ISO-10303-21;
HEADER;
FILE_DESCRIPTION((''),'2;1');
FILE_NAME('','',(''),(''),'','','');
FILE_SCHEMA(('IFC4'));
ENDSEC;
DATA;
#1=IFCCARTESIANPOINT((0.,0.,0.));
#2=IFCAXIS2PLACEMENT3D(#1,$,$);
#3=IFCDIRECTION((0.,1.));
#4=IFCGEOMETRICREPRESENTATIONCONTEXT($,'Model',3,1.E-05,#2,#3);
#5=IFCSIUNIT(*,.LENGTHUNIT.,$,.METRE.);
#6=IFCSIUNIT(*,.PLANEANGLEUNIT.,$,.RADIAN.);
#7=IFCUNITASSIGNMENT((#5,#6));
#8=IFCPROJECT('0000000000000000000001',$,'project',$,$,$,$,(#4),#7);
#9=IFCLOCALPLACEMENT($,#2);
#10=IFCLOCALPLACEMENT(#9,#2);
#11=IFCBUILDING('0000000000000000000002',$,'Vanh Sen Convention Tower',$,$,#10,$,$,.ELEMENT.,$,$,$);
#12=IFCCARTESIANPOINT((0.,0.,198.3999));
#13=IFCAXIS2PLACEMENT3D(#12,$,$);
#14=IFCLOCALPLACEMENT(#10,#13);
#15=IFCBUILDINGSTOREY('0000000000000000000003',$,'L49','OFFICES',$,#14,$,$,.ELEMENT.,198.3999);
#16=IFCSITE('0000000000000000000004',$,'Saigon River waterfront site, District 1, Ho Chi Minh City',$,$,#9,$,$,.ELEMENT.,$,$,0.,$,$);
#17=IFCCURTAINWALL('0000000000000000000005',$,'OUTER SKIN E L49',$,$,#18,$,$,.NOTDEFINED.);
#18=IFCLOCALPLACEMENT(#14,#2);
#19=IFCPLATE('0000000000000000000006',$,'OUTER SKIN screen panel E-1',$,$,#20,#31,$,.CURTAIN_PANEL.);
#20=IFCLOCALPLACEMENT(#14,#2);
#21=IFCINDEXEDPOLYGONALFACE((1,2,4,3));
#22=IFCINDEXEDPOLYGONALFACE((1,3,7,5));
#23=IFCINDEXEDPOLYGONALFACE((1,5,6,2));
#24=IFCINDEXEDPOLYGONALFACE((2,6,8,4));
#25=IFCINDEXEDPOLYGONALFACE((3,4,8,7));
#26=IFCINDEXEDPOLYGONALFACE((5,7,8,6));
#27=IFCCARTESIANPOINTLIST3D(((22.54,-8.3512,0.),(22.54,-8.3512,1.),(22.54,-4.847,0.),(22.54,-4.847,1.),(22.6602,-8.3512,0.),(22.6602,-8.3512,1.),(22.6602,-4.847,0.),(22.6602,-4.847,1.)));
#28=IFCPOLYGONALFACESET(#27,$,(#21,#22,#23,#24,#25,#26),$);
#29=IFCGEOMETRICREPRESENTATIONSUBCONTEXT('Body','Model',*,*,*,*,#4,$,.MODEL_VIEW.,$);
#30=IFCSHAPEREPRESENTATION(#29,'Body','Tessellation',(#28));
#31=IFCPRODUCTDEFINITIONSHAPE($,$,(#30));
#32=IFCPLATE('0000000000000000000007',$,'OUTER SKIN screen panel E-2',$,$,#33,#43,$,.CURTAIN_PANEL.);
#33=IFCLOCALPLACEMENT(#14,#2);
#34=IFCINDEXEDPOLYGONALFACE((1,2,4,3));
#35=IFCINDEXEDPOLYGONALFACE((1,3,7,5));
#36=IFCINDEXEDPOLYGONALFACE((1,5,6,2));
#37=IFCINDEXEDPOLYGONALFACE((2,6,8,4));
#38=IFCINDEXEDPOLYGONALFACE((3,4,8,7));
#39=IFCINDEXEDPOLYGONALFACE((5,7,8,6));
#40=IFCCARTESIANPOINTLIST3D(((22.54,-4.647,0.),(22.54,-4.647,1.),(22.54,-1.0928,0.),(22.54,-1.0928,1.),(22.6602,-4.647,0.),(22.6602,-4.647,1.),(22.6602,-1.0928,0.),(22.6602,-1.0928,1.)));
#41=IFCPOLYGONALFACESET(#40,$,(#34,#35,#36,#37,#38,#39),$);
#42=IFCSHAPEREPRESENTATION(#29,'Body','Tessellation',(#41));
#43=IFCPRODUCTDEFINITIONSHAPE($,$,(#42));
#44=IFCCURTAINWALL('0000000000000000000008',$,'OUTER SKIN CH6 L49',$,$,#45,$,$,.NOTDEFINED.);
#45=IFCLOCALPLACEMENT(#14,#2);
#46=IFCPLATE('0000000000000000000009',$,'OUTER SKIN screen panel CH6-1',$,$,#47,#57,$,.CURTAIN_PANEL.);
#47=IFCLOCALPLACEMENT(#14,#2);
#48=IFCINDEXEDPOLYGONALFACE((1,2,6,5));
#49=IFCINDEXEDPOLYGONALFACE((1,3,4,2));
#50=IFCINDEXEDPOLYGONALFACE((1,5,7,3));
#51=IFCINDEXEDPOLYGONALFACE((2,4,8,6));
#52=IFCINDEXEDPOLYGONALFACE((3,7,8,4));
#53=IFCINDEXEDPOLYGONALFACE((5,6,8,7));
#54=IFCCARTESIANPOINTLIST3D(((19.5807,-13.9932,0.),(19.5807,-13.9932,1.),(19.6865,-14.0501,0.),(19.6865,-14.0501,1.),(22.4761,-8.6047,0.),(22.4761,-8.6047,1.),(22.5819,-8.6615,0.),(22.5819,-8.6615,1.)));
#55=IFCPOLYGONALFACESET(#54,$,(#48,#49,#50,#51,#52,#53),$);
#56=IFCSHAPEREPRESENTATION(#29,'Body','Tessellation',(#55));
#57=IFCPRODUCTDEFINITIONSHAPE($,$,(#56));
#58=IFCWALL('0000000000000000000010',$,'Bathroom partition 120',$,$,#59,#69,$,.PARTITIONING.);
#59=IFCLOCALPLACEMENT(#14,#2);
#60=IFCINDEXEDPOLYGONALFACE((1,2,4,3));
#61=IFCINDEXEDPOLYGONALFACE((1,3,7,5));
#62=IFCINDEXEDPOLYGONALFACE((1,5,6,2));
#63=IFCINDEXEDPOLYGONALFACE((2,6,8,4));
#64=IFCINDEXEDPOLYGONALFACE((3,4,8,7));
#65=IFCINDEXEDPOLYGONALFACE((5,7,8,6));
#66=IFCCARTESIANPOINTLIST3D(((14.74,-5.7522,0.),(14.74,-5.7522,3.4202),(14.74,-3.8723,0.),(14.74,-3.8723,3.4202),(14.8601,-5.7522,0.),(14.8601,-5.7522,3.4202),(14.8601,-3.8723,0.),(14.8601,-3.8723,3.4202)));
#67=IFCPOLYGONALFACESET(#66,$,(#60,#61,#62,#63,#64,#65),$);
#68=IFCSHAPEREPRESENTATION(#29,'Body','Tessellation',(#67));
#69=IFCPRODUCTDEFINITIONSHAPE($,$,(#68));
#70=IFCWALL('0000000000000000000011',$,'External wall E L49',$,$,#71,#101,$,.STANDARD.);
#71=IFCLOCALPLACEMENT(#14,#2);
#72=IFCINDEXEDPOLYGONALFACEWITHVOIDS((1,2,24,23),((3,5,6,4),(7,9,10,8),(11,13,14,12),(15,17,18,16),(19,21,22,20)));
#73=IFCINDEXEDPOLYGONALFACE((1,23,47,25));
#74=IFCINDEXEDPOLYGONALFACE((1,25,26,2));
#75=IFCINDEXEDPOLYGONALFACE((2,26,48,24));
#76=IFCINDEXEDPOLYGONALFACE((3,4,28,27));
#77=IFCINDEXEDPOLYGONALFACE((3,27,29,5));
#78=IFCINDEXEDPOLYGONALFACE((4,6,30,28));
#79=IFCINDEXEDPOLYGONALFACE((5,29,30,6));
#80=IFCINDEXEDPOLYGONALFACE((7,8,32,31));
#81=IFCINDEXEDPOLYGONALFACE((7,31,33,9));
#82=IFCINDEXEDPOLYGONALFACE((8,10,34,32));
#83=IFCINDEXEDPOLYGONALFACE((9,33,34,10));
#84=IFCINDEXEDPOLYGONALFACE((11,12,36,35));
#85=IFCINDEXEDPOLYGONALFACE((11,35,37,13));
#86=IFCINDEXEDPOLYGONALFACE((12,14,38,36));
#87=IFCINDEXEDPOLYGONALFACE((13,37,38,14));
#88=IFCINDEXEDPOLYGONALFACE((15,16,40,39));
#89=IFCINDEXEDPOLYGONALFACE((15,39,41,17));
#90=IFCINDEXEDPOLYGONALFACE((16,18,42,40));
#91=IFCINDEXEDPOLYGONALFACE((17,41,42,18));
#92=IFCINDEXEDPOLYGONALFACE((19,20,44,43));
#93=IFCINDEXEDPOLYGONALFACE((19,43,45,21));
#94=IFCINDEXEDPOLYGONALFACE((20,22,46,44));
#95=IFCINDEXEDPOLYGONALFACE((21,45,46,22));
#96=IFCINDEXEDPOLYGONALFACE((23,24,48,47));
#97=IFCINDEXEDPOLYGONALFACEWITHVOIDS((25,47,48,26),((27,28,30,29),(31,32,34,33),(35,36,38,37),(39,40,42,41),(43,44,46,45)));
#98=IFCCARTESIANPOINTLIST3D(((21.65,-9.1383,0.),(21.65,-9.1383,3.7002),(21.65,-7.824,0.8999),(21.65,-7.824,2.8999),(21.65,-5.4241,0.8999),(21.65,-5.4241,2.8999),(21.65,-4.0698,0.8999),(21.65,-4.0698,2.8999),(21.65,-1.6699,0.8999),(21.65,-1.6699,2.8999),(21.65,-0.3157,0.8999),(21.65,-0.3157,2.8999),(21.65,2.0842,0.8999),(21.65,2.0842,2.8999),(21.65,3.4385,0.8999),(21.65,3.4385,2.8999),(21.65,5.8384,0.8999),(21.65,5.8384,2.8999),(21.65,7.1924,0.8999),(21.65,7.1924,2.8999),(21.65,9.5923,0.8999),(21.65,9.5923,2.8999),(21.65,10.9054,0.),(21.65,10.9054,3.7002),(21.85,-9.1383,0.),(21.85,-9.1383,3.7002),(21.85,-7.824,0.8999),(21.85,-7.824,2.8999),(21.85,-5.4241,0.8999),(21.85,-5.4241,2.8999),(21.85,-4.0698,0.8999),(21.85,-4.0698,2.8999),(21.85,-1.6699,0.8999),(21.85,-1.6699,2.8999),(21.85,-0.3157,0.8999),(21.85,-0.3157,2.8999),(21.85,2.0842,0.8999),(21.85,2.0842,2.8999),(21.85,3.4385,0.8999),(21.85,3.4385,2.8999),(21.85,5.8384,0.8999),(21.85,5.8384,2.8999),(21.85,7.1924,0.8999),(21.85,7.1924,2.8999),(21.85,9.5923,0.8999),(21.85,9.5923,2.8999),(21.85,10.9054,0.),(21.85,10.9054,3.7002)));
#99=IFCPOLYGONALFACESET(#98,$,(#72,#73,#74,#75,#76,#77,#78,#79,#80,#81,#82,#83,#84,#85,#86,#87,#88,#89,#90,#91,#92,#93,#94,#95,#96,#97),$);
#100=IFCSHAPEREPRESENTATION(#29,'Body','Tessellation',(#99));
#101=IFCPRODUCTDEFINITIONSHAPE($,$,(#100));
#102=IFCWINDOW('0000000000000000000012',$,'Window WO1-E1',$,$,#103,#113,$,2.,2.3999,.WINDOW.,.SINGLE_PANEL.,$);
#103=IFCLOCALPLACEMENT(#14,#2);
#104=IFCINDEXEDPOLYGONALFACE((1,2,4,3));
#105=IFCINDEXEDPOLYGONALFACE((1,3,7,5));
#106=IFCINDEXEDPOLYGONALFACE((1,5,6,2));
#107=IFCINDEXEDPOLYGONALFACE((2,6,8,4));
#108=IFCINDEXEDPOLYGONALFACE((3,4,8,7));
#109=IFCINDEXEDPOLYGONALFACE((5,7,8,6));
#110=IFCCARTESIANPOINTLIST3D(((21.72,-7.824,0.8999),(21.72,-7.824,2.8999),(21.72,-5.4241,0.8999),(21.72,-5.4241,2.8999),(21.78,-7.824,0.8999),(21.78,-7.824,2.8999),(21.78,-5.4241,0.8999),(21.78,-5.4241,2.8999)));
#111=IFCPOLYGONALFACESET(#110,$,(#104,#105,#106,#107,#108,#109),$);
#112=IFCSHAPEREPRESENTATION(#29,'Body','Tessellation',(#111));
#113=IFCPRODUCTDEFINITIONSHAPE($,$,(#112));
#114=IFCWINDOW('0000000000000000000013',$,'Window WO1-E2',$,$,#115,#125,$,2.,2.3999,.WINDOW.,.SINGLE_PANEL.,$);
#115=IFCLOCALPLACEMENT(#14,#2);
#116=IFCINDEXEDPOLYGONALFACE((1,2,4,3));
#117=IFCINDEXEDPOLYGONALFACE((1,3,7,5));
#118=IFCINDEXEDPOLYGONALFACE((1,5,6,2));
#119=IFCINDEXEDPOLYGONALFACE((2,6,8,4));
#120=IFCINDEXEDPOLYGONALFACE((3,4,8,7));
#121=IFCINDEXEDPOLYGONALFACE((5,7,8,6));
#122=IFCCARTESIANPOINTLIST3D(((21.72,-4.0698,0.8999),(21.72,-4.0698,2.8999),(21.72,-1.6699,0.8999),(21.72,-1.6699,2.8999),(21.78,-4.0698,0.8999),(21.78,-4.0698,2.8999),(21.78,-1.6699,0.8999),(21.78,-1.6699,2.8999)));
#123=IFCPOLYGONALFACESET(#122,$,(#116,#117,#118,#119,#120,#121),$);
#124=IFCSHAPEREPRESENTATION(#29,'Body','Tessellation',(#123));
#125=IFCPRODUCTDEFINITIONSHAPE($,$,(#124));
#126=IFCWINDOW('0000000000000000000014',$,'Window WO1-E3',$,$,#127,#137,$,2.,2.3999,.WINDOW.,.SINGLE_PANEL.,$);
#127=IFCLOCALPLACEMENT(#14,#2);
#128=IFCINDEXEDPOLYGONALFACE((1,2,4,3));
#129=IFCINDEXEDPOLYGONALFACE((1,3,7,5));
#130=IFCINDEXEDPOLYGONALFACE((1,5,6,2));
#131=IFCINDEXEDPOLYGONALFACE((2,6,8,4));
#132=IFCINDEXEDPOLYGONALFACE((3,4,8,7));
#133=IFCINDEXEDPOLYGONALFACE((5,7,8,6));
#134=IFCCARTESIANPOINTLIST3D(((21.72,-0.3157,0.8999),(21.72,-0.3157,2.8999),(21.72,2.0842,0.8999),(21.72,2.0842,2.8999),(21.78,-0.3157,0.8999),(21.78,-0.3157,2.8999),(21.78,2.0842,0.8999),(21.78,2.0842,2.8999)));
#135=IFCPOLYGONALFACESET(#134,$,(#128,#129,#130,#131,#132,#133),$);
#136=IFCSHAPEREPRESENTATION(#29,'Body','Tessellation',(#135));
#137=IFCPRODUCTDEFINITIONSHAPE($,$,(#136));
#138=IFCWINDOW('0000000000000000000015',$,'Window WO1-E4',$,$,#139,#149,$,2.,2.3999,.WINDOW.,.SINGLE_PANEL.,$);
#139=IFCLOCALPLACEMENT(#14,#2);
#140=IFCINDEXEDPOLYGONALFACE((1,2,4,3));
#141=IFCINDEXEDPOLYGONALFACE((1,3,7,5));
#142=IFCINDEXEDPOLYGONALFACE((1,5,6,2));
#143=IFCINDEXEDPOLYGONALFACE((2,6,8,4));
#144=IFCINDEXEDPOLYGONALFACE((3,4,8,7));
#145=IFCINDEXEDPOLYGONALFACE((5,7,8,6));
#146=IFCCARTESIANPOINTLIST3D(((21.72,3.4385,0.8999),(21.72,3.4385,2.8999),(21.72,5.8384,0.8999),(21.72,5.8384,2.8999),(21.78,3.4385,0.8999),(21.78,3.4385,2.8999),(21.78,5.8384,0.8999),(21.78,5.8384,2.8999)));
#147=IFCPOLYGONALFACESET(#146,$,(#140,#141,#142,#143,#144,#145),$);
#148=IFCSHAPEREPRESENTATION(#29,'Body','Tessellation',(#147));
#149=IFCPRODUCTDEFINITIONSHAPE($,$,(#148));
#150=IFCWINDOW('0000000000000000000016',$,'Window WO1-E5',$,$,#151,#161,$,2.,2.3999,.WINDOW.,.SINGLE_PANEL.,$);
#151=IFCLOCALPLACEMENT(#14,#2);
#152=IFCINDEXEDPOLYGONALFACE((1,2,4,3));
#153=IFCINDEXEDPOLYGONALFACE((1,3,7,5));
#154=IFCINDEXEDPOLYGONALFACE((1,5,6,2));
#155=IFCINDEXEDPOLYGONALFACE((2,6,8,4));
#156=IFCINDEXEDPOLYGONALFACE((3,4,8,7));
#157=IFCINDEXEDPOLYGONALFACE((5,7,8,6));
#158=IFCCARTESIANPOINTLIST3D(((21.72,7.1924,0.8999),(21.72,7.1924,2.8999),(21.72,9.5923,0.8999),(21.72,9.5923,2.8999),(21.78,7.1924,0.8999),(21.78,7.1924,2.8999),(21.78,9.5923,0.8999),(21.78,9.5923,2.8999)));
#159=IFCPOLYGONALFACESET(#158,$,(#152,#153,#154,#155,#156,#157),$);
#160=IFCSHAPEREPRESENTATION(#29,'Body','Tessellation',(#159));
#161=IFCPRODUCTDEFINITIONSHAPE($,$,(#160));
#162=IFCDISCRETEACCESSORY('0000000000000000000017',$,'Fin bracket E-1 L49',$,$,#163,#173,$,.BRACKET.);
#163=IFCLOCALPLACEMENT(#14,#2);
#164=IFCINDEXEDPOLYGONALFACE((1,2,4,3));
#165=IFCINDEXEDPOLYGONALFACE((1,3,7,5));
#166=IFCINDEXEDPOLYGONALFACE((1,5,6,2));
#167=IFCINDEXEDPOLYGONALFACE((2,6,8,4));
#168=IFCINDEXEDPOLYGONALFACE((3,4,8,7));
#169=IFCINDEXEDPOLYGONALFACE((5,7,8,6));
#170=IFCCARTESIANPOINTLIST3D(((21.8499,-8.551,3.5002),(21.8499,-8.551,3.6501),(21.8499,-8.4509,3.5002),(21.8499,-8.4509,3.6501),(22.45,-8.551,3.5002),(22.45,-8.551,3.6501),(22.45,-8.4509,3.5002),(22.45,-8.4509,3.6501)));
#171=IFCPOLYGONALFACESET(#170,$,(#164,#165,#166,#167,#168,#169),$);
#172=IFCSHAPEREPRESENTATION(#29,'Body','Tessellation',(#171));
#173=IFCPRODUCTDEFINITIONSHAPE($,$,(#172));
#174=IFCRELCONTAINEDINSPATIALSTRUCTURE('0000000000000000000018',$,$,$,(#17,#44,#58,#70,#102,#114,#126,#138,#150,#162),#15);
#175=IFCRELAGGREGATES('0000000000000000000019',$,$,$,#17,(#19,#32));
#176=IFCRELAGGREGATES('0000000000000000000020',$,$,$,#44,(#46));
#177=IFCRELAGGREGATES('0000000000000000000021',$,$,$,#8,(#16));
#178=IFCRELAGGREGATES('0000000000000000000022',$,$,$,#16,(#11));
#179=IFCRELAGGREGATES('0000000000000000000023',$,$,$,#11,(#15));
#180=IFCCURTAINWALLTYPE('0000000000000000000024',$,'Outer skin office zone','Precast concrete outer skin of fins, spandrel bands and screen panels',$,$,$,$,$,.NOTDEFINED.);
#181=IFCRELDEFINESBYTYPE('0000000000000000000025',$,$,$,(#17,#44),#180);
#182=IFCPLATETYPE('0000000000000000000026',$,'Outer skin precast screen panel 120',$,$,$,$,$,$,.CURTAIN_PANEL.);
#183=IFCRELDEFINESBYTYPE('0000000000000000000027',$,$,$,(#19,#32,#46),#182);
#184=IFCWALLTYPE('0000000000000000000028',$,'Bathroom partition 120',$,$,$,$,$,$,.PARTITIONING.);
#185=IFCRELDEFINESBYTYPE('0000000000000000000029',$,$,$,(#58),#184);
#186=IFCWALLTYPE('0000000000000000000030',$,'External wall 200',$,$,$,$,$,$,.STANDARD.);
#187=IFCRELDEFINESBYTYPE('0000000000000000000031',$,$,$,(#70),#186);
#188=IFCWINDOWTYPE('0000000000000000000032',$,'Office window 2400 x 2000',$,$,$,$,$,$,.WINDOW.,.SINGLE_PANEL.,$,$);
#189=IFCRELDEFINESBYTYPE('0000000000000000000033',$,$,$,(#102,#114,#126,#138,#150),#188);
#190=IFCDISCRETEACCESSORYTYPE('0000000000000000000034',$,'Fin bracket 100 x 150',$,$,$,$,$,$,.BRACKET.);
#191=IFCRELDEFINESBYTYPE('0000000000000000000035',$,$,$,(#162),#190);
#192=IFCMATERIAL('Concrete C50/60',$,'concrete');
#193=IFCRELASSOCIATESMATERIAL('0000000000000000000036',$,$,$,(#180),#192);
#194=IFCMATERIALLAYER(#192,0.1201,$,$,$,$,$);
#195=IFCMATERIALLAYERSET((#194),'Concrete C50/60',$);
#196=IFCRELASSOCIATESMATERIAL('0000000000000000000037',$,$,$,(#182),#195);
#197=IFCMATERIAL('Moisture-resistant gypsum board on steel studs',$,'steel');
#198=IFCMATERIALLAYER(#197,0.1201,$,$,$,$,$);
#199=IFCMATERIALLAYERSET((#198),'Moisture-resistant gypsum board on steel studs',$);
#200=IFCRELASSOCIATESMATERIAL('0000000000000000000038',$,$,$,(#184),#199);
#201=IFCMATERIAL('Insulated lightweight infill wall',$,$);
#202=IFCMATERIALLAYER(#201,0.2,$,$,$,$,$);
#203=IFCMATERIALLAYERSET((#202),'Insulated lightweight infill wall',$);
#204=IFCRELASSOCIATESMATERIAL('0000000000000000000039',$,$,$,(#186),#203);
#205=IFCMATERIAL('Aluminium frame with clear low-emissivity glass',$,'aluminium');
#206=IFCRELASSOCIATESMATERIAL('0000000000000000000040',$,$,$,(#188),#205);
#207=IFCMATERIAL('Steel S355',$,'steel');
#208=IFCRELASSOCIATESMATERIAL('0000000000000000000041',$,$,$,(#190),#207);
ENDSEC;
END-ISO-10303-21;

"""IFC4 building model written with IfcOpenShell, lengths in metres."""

from ifc_helpers import new_model, si_unit, direction, frame, frame_2d, origin, origin_2d, place, context, subcontext, project, spatial, rectangle, extrude, material, layer, layer_set, type_object, element, fill, aggregate, save


model = new_model("IFC4")

# Units and contexts
model_context = context("Model", 3, precision=1e-05, world=origin(), true_north=direction((0.0, 1.0)))
body_context = subcontext(model_context, "Body", "Model", "MODEL_VIEW")
ifc_project = project(units=[si_unit("LENGTHUNIT", "METRE"), si_unit("PLANEANGLEUNIT", "RADIAN")], contexts=[model_context])

# Site, building, storey
site_placement = place(None, origin())
site = spatial("IfcSite", under=ifc_project, at=site_placement, Name="Saigon River waterfront site, District 1, Ho Chi Minh City", CompositionType="ELEMENT", RefElevation=0.0)
building_placement = place(site_placement, origin())
building = spatial("IfcBuilding", under=site, at=building_placement, Name="Vanh Sen Convention Tower", CompositionType="ELEMENT")
storey_placement = place(building_placement, frame((0.0, 0.0, 198.3999)))
storey = spatial("IfcBuildingStorey", under=building, at=storey_placement, Name="L49", Description="OFFICES", CompositionType="ELEMENT", Elevation=198.3999)

# Curtain wall
ifc_material_1 = material(Name="Concrete C50/60", Category="concrete")
curtain_wall_type = type_object("IfcCurtainWallType", Name="Outer skin office zone", Description="Precast concrete outer skin of fins, spandrel bands and screen panels", PredefinedType="NOTDEFINED", material=ifc_material_1)
curtain_wall_1_placement = place(storey_placement, origin())
curtain_wall_1 = element("IfcCurtainWall", 1, at=curtain_wall_1_placement, inside=storey, type_object=curtain_wall_type, Name="OUTER SKIN E L49", PredefinedType="NOTDEFINED")

# Plates
ifc_layer_1 = layer(ifc_material_1, 0.1201)
ifc_layer_set_1 = layer_set([ifc_layer_1], Name="Concrete C50/60")
plate_type = type_object("IfcPlateType", Name="Outer skin precast screen panel 120", PredefinedType="CURTAIN_PANEL", material=ifc_layer_set_1)
plate_1_placement = place(storey_placement, frame((22.6001, -6.5991, 0.0), z_axis=(0.0, 0.0, 1.0), x_axis=(0.0, 1.0, 0.0)))
plate_1 = element("IfcPlate", 2, at=plate_1_placement, type_object=plate_type, Name="OUTER SKIN screen panel E-1", PredefinedType="CURTAIN_PANEL", context=body_context, shape_type="SweptSolid", body=[
    extrude(rectangle(XDim=3.5042, YDim=0.1201, at=origin_2d()), origin(), (0.0, 0.0, 1.0), 1.0),
])
plate_2_placement = place(storey_placement, frame((22.6001, -2.8699, 0.0), z_axis=(0.0, 0.0, 1.0), x_axis=(0.0, 1.0, 0.0)))
plate_2 = element("IfcPlate", 3, at=plate_2_placement, type_object=plate_type, Name="OUTER SKIN screen panel E-2", PredefinedType="CURTAIN_PANEL", context=body_context, shape_type="SweptSolid", body=[
    extrude(rectangle(XDim=3.5542, YDim=0.1201, at=origin_2d()), origin(), (0.0, 0.0, 1.0), 1.0),
])
aggregate(curtain_wall_1, [plate_1, plate_2])

# Curtain wall, plate
curtain_wall_2_placement = place(storey_placement, origin())
curtain_wall_2 = element("IfcCurtainWall", 4, at=curtain_wall_2_placement, inside=storey, type_object=curtain_wall_type, Name="OUTER SKIN CH6 L49", PredefinedType="NOTDEFINED")
plate_3_placement = place(storey_placement, frame((21.0813, -11.3274, 0.0), z_axis=(0.0, 0.0, 1.0), x_axis=(0.473321, 0.88089, 0.0)))
plate_3 = element("IfcPlate", 5, at=plate_3_placement, type_object=plate_type, Name="OUTER SKIN screen panel CH6-1", PredefinedType="CURTAIN_PANEL", context=body_context, shape_type="SweptSolid", body=[
    extrude(rectangle(XDim=6.1172, YDim=0.1201, at=origin_2d()), origin(), (0.0, 0.0, 1.0), 1.0),
])
aggregate(curtain_wall_2, [plate_3])

# Wall
ifc_material_2 = material(Name="Moisture-resistant gypsum board on steel studs", Category="steel")
ifc_layer_2 = layer(ifc_material_2, 0.1201)
ifc_layer_set_2 = layer_set([ifc_layer_2], Name="Moisture-resistant gypsum board on steel studs")
wall_type_1 = type_object("IfcWallType", Name="Bathroom partition 120", PredefinedType="PARTITIONING", material=ifc_layer_set_2)
wall_1_placement = place(storey_placement, frame((14.8, -3.8723, 0.0), z_axis=(0.0, 0.0, 1.0), x_axis=(0.0, -1.0, 0.0)))
element("IfcWall", 6, at=wall_1_placement, inside=storey, type_object=wall_type_1, Name="Bathroom partition 120", PredefinedType="PARTITIONING", context=body_context, shape_type="SweptSolid", body=[
    extrude(rectangle(XDim=1.8799, YDim=0.1201, at=frame_2d((0.9399, 0.0))), origin(), (0.0, 0.0, 1.0), 3.4202),
])

# Wall, openings, windows
ifc_material_3 = material(Name="Insulated lightweight infill wall")
ifc_layer_3 = layer(ifc_material_3, 0.2)
ifc_layer_set_3 = layer_set([ifc_layer_3], Name="Insulated lightweight infill wall")
wall_type_2 = type_object("IfcWallType", Name="External wall 200", PredefinedType="STANDARD", material=ifc_layer_set_3)
wall_2_placement = place(storey_placement, frame((21.75, -9.1384, 0.0), z_axis=(0.0, 0.0, 1.0), x_axis=(0.0, 1.0, 0.0)))
wall_2 = element("IfcWall", 7, at=wall_2_placement, inside=storey, type_object=wall_type_2, Name="External wall E L49", PredefinedType="STANDARD", context=body_context, shape_type="SweptSolid", body=[
    extrude(rectangle(XDim=20.0437, YDim=0.2, at=frame_2d((10.022, 0.0))), origin(), (0.0, 0.0, 1.0), 3.7002),
])
opening_1_placement = place(wall_2_placement, frame((1.3145, 0.0, 0.8999)))
opening_1 = element("IfcOpeningElement", 8, at=opening_1_placement, cuts=wall_2, PredefinedType="OPENING", context=body_context, shape_type="SweptSolid", body=[
    extrude(rectangle(XDim=2.3999, YDim=2.0, at=frame_2d((1.2, 1.0))), frame((0.0, 0.1099, 0.0), z_axis=(0.0, -1.0, 0.0), x_axis=(1.0, 0.0, 0.0)), (0.0, 0.0, 1.0), 0.22),
])
opening_2_placement = place(wall_2_placement, frame((5.0686, 0.0, 0.8999)))
opening_2 = element("IfcOpeningElement", 9, at=opening_2_placement, cuts=wall_2, PredefinedType="OPENING", context=body_context, shape_type="SweptSolid", body=[
    extrude(rectangle(XDim=2.3999, YDim=2.0, at=frame_2d((1.2, 1.0))), frame((0.0, 0.1099, 0.0), z_axis=(0.0, -1.0, 0.0), x_axis=(1.0, 0.0, 0.0)), (0.0, 0.0, 1.0), 0.22),
])
opening_3_placement = place(wall_2_placement, frame((8.8228, 0.0, 0.8999)))
opening_3 = element("IfcOpeningElement", 10, at=opening_3_placement, cuts=wall_2, PredefinedType="OPENING", context=body_context, shape_type="SweptSolid", body=[
    extrude(rectangle(XDim=2.3999, YDim=2.0, at=frame_2d((1.2, 1.0))), frame((0.0, 0.1099, 0.0), z_axis=(0.0, -1.0, 0.0), x_axis=(1.0, 0.0, 0.0)), (0.0, 0.0, 1.0), 0.22),
])
opening_4_placement = place(wall_2_placement, frame((12.5769, 0.0, 0.8999)))
opening_4 = element("IfcOpeningElement", 11, at=opening_4_placement, cuts=wall_2, PredefinedType="OPENING", context=body_context, shape_type="SweptSolid", body=[
    extrude(rectangle(XDim=2.3999, YDim=2.0, at=frame_2d((1.2, 1.0))), frame((0.0, 0.1099, 0.0), z_axis=(0.0, -1.0, 0.0), x_axis=(1.0, 0.0, 0.0)), (0.0, 0.0, 1.0), 0.22),
])
opening_5_placement = place(wall_2_placement, frame((16.3308, 0.0, 0.8999)))
opening_5 = element("IfcOpeningElement", 12, at=opening_5_placement, cuts=wall_2, PredefinedType="OPENING", context=body_context, shape_type="SweptSolid", body=[
    extrude(rectangle(XDim=2.3999, YDim=2.0, at=frame_2d((1.2, 1.0))), frame((0.0, 0.1099, 0.0), z_axis=(0.0, -1.0, 0.0), x_axis=(1.0, 0.0, 0.0)), (0.0, 0.0, 1.0), 0.22),
])
ifc_material_4 = material(Name="Aluminium frame with clear low-emissivity glass", Category="aluminium")
window_type = type_object("IfcWindowType", Name="Office window 2400 x 2000", PartitioningType="SINGLE_PANEL", PredefinedType="WINDOW", material=ifc_material_4)
window_1_placement = place(opening_1_placement, origin())
window_1 = element("IfcWindow", 13, at=window_1_placement, inside=storey, type_object=window_type, Name="Window WO1-E1", OverallHeight=2.0, OverallWidth=2.3999, PartitioningType="SINGLE_PANEL", PredefinedType="WINDOW", context=body_context, shape_type="SweptSolid", body=[
    extrude(rectangle(XDim=2.3999, YDim=2.0, at=frame_2d((1.2, 1.0))), frame((0.0, 0.03, 0.0), z_axis=(0.0, -1.0, 0.0), x_axis=(1.0, 0.0, 0.0)), (0.0, 0.0, 1.0), 0.0601),
])
fill(opening_1, window_1)
window_2_placement = place(opening_2_placement, origin())
window_2 = element("IfcWindow", 14, at=window_2_placement, inside=storey, type_object=window_type, Name="Window WO1-E2", OverallHeight=2.0, OverallWidth=2.3999, PartitioningType="SINGLE_PANEL", PredefinedType="WINDOW", context=body_context, shape_type="SweptSolid", body=[
    extrude(rectangle(XDim=2.3999, YDim=2.0, at=frame_2d((1.2, 1.0))), frame((0.0, 0.03, 0.0), z_axis=(0.0, -1.0, 0.0), x_axis=(1.0, 0.0, 0.0)), (0.0, 0.0, 1.0), 0.0601),
])
fill(opening_2, window_2)
window_3_placement = place(opening_3_placement, origin())
window_3 = element("IfcWindow", 15, at=window_3_placement, inside=storey, type_object=window_type, Name="Window WO1-E3", OverallHeight=2.0, OverallWidth=2.3999, PartitioningType="SINGLE_PANEL", PredefinedType="WINDOW", context=body_context, shape_type="SweptSolid", body=[
    extrude(rectangle(XDim=2.3999, YDim=2.0, at=frame_2d((1.2, 1.0))), frame((0.0, 0.03, 0.0), z_axis=(0.0, -1.0, 0.0), x_axis=(1.0, 0.0, 0.0)), (0.0, 0.0, 1.0), 0.0601),
])
fill(opening_3, window_3)
window_4_placement = place(opening_4_placement, origin())
window_4 = element("IfcWindow", 16, at=window_4_placement, inside=storey, type_object=window_type, Name="Window WO1-E4", OverallHeight=2.0, OverallWidth=2.3999, PartitioningType="SINGLE_PANEL", PredefinedType="WINDOW", context=body_context, shape_type="SweptSolid", body=[
    extrude(rectangle(XDim=2.3999, YDim=2.0, at=frame_2d((1.2, 1.0))), frame((0.0, 0.03, 0.0), z_axis=(0.0, -1.0, 0.0), x_axis=(1.0, 0.0, 0.0)), (0.0, 0.0, 1.0), 0.0601),
])
fill(opening_4, window_4)
window_5_placement = place(opening_5_placement, origin())
window_5 = element("IfcWindow", 17, at=window_5_placement, inside=storey, type_object=window_type, Name="Window WO1-E5", OverallHeight=2.0, OverallWidth=2.3999, PartitioningType="SINGLE_PANEL", PredefinedType="WINDOW", context=body_context, shape_type="SweptSolid", body=[
    extrude(rectangle(XDim=2.3999, YDim=2.0, at=frame_2d((1.2, 1.0))), frame((0.0, 0.03, 0.0), z_axis=(0.0, -1.0, 0.0), x_axis=(1.0, 0.0, 0.0)), (0.0, 0.0, 1.0), 0.0601),
])
fill(opening_5, window_5)

# Discrete accessory
ifc_material_5 = material(Name="Steel S355", Category="steel")
discrete_accessory_type = type_object("IfcDiscreteAccessoryType", Name="Fin bracket 100 x 150", PredefinedType="BRACKET", material=ifc_material_5)
for number, where, z_axis, x_axis, name in (
    (18, (22.1499, -8.501, 3.5002), (0.0, 0.0, 1.0), (1.0, 0.0, 0.0), "Fin bracket E-1 L49"),
):
    element("IfcDiscreteAccessory", number, at=place(storey_placement, frame(where, z_axis=z_axis, x_axis=x_axis)), inside=storey, type_object=discrete_accessory_type, Name=name, PredefinedType="BRACKET", context=body_context, shape_type="SweptSolid", body=[
        extrude(rectangle(XDim=0.6001, YDim=0.1001, at=origin_2d()), origin(), (0.0, 0.0, 1.0), 0.1499),
    ])

save(model, "model.ifc")
